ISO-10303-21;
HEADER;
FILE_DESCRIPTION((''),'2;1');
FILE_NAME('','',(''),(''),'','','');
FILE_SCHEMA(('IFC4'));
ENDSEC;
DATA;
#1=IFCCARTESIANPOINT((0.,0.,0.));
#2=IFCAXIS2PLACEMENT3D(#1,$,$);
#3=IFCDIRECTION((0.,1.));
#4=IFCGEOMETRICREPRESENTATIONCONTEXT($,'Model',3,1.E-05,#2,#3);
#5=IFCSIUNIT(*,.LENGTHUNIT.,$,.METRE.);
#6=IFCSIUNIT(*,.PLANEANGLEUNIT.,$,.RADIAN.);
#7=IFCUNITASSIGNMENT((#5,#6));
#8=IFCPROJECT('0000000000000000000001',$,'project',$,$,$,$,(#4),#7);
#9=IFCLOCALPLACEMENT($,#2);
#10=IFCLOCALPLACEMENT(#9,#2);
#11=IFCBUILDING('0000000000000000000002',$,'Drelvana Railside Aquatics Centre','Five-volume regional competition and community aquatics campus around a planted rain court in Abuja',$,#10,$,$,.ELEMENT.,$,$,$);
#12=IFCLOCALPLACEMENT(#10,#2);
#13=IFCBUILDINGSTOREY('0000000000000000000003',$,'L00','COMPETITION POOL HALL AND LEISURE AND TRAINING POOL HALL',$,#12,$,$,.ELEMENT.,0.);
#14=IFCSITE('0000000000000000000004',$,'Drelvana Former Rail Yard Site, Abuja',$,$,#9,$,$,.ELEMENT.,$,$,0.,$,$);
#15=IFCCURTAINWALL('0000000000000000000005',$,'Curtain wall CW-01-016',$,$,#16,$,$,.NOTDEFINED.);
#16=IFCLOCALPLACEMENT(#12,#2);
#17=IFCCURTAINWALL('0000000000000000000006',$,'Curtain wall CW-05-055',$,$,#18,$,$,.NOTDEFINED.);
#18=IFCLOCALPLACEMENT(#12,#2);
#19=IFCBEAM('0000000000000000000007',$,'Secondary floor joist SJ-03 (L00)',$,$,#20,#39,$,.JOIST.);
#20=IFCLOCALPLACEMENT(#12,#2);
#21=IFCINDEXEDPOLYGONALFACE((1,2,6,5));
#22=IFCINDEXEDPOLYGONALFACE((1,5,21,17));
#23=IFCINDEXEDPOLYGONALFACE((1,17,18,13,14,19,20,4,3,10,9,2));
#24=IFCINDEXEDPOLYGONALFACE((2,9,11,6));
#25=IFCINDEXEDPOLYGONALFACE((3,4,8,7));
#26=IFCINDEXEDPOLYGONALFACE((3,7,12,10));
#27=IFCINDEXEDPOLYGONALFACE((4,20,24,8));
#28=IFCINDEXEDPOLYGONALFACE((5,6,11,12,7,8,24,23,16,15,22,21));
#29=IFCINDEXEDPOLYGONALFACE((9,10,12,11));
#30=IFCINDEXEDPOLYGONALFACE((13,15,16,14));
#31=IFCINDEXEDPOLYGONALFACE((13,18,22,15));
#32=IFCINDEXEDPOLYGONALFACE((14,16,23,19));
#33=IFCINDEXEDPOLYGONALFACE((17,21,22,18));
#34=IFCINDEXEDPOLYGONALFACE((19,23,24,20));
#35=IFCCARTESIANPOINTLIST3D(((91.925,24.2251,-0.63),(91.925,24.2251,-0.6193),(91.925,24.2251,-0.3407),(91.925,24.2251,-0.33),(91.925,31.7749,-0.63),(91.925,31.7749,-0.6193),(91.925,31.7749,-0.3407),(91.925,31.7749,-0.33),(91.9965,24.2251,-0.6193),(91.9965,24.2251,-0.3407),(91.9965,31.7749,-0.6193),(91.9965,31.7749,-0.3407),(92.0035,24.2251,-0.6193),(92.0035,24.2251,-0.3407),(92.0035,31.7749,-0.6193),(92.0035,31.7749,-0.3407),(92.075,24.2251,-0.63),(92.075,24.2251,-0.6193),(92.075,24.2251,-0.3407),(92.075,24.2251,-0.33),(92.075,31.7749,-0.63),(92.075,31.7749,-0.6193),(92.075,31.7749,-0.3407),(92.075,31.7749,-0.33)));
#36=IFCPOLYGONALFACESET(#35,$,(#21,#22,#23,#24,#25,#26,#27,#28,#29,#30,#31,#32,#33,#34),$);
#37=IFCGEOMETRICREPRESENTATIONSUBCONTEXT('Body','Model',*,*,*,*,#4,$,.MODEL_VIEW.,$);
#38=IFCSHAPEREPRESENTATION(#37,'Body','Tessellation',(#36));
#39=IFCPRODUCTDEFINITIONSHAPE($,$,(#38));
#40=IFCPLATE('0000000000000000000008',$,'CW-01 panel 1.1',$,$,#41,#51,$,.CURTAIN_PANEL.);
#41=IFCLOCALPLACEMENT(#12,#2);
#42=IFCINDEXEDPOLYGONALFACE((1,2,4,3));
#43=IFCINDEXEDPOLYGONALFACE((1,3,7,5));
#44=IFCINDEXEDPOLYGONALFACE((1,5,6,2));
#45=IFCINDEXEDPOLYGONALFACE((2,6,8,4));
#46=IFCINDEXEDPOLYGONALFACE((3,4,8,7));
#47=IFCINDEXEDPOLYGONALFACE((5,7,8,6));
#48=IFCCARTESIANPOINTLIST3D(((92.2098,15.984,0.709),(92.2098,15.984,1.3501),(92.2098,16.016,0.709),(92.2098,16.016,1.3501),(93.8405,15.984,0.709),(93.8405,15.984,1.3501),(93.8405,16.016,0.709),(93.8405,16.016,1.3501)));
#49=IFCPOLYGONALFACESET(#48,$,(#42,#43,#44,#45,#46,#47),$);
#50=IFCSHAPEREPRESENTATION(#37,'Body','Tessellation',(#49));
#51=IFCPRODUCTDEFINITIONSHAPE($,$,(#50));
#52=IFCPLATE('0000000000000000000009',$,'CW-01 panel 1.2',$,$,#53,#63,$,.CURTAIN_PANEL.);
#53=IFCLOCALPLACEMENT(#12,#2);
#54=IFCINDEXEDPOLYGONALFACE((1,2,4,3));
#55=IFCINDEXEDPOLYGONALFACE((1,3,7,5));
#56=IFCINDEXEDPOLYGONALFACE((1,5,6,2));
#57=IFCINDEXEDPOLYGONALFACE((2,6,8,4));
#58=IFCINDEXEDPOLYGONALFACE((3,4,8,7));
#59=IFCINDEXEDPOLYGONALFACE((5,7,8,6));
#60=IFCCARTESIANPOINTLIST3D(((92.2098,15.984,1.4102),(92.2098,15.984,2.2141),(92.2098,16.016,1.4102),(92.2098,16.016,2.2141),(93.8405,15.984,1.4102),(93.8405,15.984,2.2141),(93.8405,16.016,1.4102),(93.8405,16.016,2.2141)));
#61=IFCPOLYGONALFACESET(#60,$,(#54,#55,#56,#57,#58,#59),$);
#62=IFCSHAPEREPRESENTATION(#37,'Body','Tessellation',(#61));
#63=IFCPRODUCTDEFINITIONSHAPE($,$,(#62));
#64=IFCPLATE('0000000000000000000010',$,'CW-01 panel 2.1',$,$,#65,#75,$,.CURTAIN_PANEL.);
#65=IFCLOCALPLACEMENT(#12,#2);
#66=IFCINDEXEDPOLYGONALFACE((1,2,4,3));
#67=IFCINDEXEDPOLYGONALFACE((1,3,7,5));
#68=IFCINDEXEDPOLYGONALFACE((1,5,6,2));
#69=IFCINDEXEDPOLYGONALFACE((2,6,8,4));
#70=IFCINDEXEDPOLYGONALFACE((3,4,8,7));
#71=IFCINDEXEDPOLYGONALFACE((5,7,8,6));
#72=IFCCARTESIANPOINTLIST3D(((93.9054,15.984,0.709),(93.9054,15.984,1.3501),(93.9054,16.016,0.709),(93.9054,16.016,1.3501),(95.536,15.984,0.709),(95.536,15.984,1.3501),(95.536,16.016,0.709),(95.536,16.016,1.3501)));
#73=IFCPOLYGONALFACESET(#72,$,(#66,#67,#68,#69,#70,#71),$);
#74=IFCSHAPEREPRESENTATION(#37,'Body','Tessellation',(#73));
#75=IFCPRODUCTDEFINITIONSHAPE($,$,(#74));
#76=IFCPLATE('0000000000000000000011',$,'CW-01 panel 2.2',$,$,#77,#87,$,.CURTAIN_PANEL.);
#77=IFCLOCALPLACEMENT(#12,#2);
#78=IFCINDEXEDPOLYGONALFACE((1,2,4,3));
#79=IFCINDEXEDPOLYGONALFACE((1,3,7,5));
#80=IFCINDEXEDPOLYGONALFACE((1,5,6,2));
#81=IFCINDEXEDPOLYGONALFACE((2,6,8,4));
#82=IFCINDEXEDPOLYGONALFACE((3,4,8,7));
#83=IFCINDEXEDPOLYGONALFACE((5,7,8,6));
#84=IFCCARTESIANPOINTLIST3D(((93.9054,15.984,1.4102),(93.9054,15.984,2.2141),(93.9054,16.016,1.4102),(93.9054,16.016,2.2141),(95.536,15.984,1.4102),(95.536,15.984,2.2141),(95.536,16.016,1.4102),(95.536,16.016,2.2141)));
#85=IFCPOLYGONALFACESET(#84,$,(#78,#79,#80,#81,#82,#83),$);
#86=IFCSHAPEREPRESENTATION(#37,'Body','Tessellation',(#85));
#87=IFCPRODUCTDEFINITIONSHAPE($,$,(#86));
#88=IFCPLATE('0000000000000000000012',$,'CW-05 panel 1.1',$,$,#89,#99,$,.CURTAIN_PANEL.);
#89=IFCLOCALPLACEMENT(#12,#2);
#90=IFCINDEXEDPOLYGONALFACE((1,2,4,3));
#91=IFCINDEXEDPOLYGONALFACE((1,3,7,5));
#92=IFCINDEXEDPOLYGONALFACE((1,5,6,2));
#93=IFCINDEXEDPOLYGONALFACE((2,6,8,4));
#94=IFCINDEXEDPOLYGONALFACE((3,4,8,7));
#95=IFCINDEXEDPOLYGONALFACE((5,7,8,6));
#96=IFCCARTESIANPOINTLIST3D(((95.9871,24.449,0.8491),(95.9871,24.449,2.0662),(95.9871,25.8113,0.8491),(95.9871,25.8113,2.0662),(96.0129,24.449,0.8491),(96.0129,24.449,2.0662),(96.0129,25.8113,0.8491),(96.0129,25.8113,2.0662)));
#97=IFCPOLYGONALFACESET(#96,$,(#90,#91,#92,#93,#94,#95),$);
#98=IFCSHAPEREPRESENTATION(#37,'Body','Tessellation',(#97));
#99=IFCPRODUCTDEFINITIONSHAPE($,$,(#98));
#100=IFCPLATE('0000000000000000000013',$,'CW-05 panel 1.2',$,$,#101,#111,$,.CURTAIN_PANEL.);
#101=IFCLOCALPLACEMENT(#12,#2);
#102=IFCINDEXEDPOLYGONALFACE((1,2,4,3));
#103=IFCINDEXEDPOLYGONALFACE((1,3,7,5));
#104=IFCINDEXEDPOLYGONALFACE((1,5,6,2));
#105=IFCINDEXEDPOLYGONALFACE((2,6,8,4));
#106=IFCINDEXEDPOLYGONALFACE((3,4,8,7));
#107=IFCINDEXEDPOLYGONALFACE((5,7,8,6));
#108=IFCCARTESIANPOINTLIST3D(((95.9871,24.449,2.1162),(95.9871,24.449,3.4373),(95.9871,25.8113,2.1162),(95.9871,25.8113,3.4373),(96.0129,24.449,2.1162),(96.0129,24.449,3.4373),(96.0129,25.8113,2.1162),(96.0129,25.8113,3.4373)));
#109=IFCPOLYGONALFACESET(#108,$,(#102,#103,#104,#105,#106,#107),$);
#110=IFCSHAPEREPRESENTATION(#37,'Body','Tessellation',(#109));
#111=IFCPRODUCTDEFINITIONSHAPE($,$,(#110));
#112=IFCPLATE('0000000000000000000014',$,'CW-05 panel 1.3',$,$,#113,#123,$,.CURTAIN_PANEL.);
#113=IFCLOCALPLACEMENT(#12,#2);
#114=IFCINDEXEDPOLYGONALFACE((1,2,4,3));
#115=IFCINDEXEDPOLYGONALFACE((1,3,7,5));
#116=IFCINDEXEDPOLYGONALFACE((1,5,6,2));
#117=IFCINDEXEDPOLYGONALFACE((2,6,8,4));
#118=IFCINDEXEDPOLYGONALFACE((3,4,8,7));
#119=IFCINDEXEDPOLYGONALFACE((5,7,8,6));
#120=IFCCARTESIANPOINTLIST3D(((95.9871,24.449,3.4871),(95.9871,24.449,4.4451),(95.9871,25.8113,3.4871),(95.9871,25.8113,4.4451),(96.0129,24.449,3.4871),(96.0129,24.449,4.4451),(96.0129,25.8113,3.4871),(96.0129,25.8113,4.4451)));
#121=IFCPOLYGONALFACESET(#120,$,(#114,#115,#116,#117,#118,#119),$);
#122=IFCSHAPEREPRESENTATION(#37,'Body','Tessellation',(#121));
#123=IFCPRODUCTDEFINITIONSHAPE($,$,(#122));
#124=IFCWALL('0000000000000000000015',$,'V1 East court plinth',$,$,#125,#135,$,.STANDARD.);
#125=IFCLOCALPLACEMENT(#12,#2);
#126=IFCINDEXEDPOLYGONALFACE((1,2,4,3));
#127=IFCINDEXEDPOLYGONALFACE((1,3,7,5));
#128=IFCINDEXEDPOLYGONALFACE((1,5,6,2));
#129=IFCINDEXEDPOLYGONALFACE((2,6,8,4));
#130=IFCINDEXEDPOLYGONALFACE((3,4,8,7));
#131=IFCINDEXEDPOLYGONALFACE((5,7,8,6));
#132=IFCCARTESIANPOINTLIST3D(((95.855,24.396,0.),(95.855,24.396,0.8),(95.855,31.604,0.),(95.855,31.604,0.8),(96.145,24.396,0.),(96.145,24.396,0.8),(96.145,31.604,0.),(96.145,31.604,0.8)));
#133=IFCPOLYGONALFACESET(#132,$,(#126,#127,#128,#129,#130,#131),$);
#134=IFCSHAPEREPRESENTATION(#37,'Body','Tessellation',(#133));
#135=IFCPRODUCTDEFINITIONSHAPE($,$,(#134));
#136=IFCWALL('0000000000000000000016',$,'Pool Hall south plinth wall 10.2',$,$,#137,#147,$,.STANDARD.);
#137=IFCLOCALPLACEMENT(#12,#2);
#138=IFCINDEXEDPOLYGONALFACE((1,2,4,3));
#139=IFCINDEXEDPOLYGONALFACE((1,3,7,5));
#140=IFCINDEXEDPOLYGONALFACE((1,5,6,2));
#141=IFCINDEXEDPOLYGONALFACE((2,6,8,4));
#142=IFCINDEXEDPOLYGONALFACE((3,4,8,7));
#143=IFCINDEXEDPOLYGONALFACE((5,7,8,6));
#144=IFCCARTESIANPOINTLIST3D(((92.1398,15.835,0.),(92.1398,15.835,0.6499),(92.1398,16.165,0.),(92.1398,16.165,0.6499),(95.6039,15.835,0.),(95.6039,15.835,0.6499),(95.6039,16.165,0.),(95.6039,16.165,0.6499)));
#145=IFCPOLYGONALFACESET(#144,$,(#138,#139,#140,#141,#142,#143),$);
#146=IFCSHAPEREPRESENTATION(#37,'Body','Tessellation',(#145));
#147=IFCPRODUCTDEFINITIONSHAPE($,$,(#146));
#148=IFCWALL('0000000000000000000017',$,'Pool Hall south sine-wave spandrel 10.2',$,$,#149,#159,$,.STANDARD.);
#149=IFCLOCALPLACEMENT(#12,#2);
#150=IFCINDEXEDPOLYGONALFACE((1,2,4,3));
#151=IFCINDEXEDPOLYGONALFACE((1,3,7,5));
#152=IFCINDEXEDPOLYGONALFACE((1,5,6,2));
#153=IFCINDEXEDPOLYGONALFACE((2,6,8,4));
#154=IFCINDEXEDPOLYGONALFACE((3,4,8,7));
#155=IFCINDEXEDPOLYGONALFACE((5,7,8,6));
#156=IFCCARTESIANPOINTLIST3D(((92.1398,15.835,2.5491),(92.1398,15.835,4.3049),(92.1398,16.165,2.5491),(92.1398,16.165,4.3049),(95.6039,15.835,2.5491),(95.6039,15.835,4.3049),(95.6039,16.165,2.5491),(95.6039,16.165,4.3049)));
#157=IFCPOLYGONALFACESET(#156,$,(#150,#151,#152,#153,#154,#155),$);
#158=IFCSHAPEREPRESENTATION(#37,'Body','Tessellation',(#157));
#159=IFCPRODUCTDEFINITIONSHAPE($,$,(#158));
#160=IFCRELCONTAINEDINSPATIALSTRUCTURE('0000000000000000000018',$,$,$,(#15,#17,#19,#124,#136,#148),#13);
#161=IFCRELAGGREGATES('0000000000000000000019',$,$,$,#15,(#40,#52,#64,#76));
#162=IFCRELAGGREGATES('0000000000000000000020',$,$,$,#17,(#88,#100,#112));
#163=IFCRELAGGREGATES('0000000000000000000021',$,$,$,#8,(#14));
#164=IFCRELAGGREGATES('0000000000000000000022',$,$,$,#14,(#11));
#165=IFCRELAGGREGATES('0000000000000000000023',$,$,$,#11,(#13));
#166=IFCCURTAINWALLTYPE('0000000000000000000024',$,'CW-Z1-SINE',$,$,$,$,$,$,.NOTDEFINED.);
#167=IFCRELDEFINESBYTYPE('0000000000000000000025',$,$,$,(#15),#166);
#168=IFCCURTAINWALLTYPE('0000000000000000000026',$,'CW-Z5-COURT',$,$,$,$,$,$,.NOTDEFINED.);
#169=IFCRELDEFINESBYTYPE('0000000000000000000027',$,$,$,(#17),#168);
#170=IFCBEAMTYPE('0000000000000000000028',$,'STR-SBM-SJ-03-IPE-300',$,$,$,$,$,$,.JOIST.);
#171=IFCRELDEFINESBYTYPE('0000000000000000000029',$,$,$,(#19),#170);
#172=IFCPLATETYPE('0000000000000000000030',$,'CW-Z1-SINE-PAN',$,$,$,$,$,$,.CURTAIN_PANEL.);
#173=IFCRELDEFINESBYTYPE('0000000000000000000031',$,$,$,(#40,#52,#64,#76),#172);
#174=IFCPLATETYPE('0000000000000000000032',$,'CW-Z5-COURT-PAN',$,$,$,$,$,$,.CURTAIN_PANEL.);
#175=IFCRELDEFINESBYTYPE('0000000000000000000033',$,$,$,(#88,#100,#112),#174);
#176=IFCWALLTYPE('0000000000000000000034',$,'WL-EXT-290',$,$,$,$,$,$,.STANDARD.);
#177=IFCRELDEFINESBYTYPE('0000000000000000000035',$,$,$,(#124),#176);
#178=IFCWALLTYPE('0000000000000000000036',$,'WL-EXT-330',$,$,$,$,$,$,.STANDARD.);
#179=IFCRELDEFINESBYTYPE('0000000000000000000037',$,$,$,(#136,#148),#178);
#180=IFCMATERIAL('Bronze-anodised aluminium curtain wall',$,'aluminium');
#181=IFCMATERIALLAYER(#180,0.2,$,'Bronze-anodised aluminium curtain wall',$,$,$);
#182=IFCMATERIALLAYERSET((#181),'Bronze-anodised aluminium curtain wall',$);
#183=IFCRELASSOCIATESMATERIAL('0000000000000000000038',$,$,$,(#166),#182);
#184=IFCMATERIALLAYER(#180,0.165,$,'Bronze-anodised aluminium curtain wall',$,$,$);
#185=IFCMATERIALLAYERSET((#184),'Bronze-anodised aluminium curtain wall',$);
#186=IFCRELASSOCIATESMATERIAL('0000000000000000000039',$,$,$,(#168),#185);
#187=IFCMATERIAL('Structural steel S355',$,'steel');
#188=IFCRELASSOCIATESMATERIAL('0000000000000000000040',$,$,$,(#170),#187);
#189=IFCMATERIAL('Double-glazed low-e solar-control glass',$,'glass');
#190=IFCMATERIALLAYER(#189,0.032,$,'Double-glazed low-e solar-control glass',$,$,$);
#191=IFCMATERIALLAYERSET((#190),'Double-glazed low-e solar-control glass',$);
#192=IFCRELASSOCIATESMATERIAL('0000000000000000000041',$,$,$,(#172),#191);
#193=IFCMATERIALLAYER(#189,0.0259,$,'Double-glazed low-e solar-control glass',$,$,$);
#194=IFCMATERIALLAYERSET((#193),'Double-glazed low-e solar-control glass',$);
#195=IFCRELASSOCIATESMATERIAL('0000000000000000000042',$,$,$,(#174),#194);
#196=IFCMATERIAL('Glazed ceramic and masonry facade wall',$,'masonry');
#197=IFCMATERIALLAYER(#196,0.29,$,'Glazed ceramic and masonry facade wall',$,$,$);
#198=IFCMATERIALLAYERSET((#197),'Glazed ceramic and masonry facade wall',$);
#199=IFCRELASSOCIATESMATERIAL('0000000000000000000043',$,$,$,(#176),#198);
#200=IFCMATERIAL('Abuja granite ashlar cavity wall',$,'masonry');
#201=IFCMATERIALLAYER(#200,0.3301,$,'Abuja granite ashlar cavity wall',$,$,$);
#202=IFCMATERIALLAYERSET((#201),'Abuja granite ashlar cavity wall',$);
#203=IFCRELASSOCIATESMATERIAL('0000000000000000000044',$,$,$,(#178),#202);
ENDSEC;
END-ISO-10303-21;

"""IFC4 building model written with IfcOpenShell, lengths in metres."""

from ifc_helpers import new_model, si_unit, direction, frame, frame_2d, origin, origin_2d, place, context, subcontext, project, spatial, rectangle, i_section, extrude, material, layer, layer_set, material_profile, profile_set, type_object, element, aggregate, save


model = new_model("IFC4")

# Units and contexts
model_context = context("Model", 3, precision=1e-05, world=origin(), true_north=direction((0.0, 1.0)))
body_context = subcontext(model_context, "Body", "Model", "MODEL_VIEW")
ifc_project = project(units=[si_unit("LENGTHUNIT", "METRE"), si_unit("PLANEANGLEUNIT", "RADIAN")], contexts=[model_context])

# Site, building, storey
site_placement = place(None, origin())
site = spatial("IfcSite", under=ifc_project, at=site_placement, Name="Drelvana Former Rail Yard Site, Abuja", CompositionType="ELEMENT", RefElevation=0.0)
building_placement = place(site_placement, origin())
building = spatial("IfcBuilding", under=site, at=building_placement, Name="Drelvana Railside Aquatics Centre", Description="Five-volume regional competition and community aquatics campus around a planted rain court in Abuja", CompositionType="ELEMENT")
storey_placement = place(building_placement, origin())
storey = spatial("IfcBuildingStorey", under=building, at=storey_placement, Name="L00", Description="COMPETITION POOL HALL AND LEISURE AND TRAINING POOL HALL", CompositionType="ELEMENT", Elevation=0.0)

# Shared definitions
ifc_material_1 = material(Name="Structural steel S355", Category="steel")

# Curtain walls
ifc_material_2 = material(Name="Bronze-anodised aluminium curtain wall", Category="aluminium")
ifc_layer_1 = layer(ifc_material_2, 0.2, Name="Bronze-anodised aluminium curtain wall")
ifc_layer_set_1 = layer_set([ifc_layer_1], Name="Bronze-anodised aluminium curtain wall")
curtain_wall_type_1 = type_object("IfcCurtainWallType", Name="CW-Z1-SINE", PredefinedType="NOTDEFINED", material=ifc_layer_set_1)
curtain_wall_1_placement = place(storey_placement, origin())
curtain_wall_1 = element("IfcCurtainWall", 1, at=curtain_wall_1_placement, inside=storey, type_object=curtain_wall_type_1, Name="Curtain wall CW-01-016", PredefinedType="NOTDEFINED")
ifc_layer_2 = layer(ifc_material_2, 0.165, Name="Bronze-anodised aluminium curtain wall")
ifc_layer_set_2 = layer_set([ifc_layer_2], Name="Bronze-anodised aluminium curtain wall")
curtain_wall_type_2 = type_object("IfcCurtainWallType", Name="CW-Z5-COURT", PredefinedType="NOTDEFINED", material=ifc_layer_set_2)
curtain_wall_2_placement = place(storey_placement, origin())
curtain_wall_2 = element("IfcCurtainWall", 2, at=curtain_wall_2_placement, inside=storey, type_object=curtain_wall_type_2, Name="Curtain wall CW-05-055", PredefinedType="NOTDEFINED")

# Beam
ifc_material_profile_1 = material_profile(ifc_material_1, i_section(OverallWidth=0.1499, OverallDepth=0.3, WebThickness=0.0071, FlangeThickness=0.0107, at=origin_2d()), Name="IPE 300")
ifc_profile_set_1 = profile_set([ifc_material_profile_1], Name="Structural steel S355")
beam_type_1 = type_object("IfcBeamType", Name="STR-SBM-SJ-03-IPE-300", PredefinedType="JOIST", material=ifc_profile_set_1)
beam_1_placement = place(storey_placement, frame((92.0, 24.2251, -0.48), z_axis=(0.0, 1.0, 0.0), x_axis=(-1.0, 0.0, 0.0)))
element("IfcBeam", 3, at=beam_1_placement, inside=storey, type_object=beam_type_1, Name="Secondary floor joist SJ-03 (L00)", PredefinedType="JOIST", context=body_context, shape_type="SweptSolid", body=[
    extrude(i_section(OverallWidth=0.1499, OverallDepth=0.3, WebThickness=0.0071, FlangeThickness=0.0107, at=origin_2d()), origin(), (0.0, 0.0, 1.0), 7.5498),
])

# Plates
ifc_material_3 = material(Name="Double-glazed low-e solar-control glass", Category="glass")
ifc_layer_3 = layer(ifc_material_3, 0.032, Name="Double-glazed low-e solar-control glass")
ifc_layer_set_3 = layer_set([ifc_layer_3], Name="Double-glazed low-e solar-control glass")
plate_type_1 = type_object("IfcPlateType", Name="CW-Z1-SINE-PAN", PredefinedType="CURTAIN_PANEL", material=ifc_layer_set_3)
plate_1_placement = place(storey_placement, frame((93.0251, 16.0, 0.709), z_axis=(0.0, 0.0, 1.0), x_axis=(1.0, 0.0, 0.0)))
plate_1 = element("IfcPlate", 4, at=plate_1_placement, type_object=plate_type_1, Name="CW-01 panel 1.1", PredefinedType="CURTAIN_PANEL", context=body_context, shape_type="SweptSolid", body=[
    extrude(rectangle(XDim=1.6306, YDim=0.032, at=origin_2d()), origin(), (0.0, 0.0, 1.0), 0.6411),
])
plate_2_placement = place(storey_placement, frame((93.0251, 16.0, 1.4102), z_axis=(0.0, 0.0, 1.0), x_axis=(1.0, 0.0, 0.0)))
plate_2 = element("IfcPlate", 5, at=plate_2_placement, type_object=plate_type_1, Name="CW-01 panel 1.2", PredefinedType="CURTAIN_PANEL", context=body_context, shape_type="SweptSolid", body=[
    extrude(rectangle(XDim=1.6306, YDim=0.032, at=origin_2d()), origin(), (0.0, 0.0, 1.0), 0.804),
])
plate_3_placement = place(storey_placement, frame((94.7207, 16.0, 0.709), z_axis=(0.0, 0.0, 1.0), x_axis=(1.0, 0.0, 0.0)))
plate_3 = element("IfcPlate", 6, at=plate_3_placement, type_object=plate_type_1, Name="CW-01 panel 2.1", PredefinedType="CURTAIN_PANEL", context=body_context, shape_type="SweptSolid", body=[
    extrude(rectangle(XDim=1.6306, YDim=0.032, at=origin_2d()), origin(), (0.0, 0.0, 1.0), 0.6411),
])
plate_4_placement = place(storey_placement, frame((94.7207, 16.0, 1.4102), z_axis=(0.0, 0.0, 1.0), x_axis=(1.0, 0.0, 0.0)))
plate_4 = element("IfcPlate", 7, at=plate_4_placement, type_object=plate_type_1, Name="CW-01 panel 2.2", PredefinedType="CURTAIN_PANEL", context=body_context, shape_type="SweptSolid", body=[
    extrude(rectangle(XDim=1.6306, YDim=0.032, at=origin_2d()), origin(), (0.0, 0.0, 1.0), 0.804),
])
aggregate(curtain_wall_1, [plate_1, plate_2, plate_3, plate_4])
ifc_layer_4 = layer(ifc_material_3, 0.0259, Name="Double-glazed low-e solar-control glass")
ifc_layer_set_4 = layer_set([ifc_layer_4], Name="Double-glazed low-e solar-control glass")
plate_type_2 = type_object("IfcPlateType", Name="CW-Z5-COURT-PAN", PredefinedType="CURTAIN_PANEL", material=ifc_layer_set_4)
plate_5_placement = place(storey_placement, frame((96.0, 25.1301, 0.8491), z_axis=(0.0, 0.0, 1.0), x_axis=(0.0, 1.0, 0.0)))
plate_5 = element("IfcPlate", 8, at=plate_5_placement, type_object=plate_type_2, Name="CW-05 panel 1.1", PredefinedType="CURTAIN_PANEL", context=body_context, shape_type="SweptSolid", body=[
    extrude(rectangle(XDim=1.3623, YDim=0.0259, at=origin_2d()), origin(), (0.0, 0.0, 1.0), 1.217),
])
plate_6_placement = place(storey_placement, frame((96.0, 25.1301, 2.1162), z_axis=(0.0, 0.0, 1.0), x_axis=(0.0, 1.0, 0.0)))
plate_6 = element("IfcPlate", 9, at=plate_6_placement, type_object=plate_type_2, Name="CW-05 panel 1.2", PredefinedType="CURTAIN_PANEL", context=body_context, shape_type="SweptSolid", body=[
    extrude(rectangle(XDim=1.3623, YDim=0.0259, at=origin_2d()), origin(), (0.0, 0.0, 1.0), 1.321),
])
plate_7_placement = place(storey_placement, frame((96.0, 25.1301, 3.4871), z_axis=(0.0, 0.0, 1.0), x_axis=(0.0, 1.0, 0.0)))
plate_7 = element("IfcPlate", 10, at=plate_7_placement, type_object=plate_type_2, Name="CW-05 panel 1.3", PredefinedType="CURTAIN_PANEL", context=body_context, shape_type="SweptSolid", body=[
    extrude(rectangle(XDim=1.3623, YDim=0.0259, at=origin_2d()), origin(), (0.0, 0.0, 1.0), 0.958),
])
aggregate(curtain_wall_2, [plate_5, plate_6, plate_7])

# Walls
ifc_material_4 = material(Name="Glazed ceramic and masonry facade wall", Category="masonry")
ifc_layer_5 = layer(ifc_material_4, 0.29, Name="Glazed ceramic and masonry facade wall")
ifc_layer_set_5 = layer_set([ifc_layer_5], Name="Glazed ceramic and masonry facade wall")
wall_type_1 = type_object("IfcWallType", Name="WL-EXT-290", PredefinedType="STANDARD", material=ifc_layer_set_5)
wall_1_placement = place(storey_placement, frame((96.0, 24.396, 0.0), z_axis=(0.0, 0.0, 1.0), x_axis=(0.0, 1.0, 0.0)))
element("IfcWall", 11, at=wall_1_placement, inside=storey, type_object=wall_type_1, Name="V1 East court plinth", PredefinedType="STANDARD", context=body_context, shape_type="SweptSolid", body=[
    extrude(rectangle(XDim=7.208, YDim=0.29, at=frame_2d((3.604, 0.0))), origin(), (0.0, 0.0, 1.0), 0.8),
])
ifc_material_5 = material(Name="Abuja granite ashlar cavity wall", Category="masonry")
ifc_layer_6 = layer(ifc_material_5, 0.3301, Name="Abuja granite ashlar cavity wall")
ifc_layer_set_6 = layer_set([ifc_layer_6], Name="Abuja granite ashlar cavity wall")
wall_type_2 = type_object("IfcWallType", Name="WL-EXT-330", PredefinedType="STANDARD", material=ifc_layer_set_6)
wall_2_placement = place(storey_placement, frame((92.1399, 16.0, 0.0), z_axis=(0.0, 0.0, 1.0), x_axis=(1.0, 0.0, 0.0)))
element("IfcWall", 12, at=wall_2_placement, inside=storey, type_object=wall_type_2, Name="Pool Hall south plinth wall 10.2", PredefinedType="STANDARD", context=body_context, shape_type="SweptSolid", body=[
    extrude(rectangle(XDim=3.4641, YDim=0.3301, at=frame_2d((1.7319, 0.0))), origin(), (0.0, 0.0, 1.0), 0.6499),
])
wall_3_placement = place(storey_placement, frame((92.1399, 16.0, 2.5491), z_axis=(0.0, 0.0, 1.0), x_axis=(1.0, 0.0, 0.0)))
element("IfcWall", 13, at=wall_3_placement, inside=storey, type_object=wall_type_2, Name="Pool Hall south sine-wave spandrel 10.2", PredefinedType="STANDARD", context=body_context, shape_type="SweptSolid", body=[
    extrude(rectangle(XDim=3.4641, YDim=0.3301, at=frame_2d((1.7319, 0.0))), origin(), (0.0, 0.0, 1.0), 1.7559),
])

save(model, "model.ifc")
